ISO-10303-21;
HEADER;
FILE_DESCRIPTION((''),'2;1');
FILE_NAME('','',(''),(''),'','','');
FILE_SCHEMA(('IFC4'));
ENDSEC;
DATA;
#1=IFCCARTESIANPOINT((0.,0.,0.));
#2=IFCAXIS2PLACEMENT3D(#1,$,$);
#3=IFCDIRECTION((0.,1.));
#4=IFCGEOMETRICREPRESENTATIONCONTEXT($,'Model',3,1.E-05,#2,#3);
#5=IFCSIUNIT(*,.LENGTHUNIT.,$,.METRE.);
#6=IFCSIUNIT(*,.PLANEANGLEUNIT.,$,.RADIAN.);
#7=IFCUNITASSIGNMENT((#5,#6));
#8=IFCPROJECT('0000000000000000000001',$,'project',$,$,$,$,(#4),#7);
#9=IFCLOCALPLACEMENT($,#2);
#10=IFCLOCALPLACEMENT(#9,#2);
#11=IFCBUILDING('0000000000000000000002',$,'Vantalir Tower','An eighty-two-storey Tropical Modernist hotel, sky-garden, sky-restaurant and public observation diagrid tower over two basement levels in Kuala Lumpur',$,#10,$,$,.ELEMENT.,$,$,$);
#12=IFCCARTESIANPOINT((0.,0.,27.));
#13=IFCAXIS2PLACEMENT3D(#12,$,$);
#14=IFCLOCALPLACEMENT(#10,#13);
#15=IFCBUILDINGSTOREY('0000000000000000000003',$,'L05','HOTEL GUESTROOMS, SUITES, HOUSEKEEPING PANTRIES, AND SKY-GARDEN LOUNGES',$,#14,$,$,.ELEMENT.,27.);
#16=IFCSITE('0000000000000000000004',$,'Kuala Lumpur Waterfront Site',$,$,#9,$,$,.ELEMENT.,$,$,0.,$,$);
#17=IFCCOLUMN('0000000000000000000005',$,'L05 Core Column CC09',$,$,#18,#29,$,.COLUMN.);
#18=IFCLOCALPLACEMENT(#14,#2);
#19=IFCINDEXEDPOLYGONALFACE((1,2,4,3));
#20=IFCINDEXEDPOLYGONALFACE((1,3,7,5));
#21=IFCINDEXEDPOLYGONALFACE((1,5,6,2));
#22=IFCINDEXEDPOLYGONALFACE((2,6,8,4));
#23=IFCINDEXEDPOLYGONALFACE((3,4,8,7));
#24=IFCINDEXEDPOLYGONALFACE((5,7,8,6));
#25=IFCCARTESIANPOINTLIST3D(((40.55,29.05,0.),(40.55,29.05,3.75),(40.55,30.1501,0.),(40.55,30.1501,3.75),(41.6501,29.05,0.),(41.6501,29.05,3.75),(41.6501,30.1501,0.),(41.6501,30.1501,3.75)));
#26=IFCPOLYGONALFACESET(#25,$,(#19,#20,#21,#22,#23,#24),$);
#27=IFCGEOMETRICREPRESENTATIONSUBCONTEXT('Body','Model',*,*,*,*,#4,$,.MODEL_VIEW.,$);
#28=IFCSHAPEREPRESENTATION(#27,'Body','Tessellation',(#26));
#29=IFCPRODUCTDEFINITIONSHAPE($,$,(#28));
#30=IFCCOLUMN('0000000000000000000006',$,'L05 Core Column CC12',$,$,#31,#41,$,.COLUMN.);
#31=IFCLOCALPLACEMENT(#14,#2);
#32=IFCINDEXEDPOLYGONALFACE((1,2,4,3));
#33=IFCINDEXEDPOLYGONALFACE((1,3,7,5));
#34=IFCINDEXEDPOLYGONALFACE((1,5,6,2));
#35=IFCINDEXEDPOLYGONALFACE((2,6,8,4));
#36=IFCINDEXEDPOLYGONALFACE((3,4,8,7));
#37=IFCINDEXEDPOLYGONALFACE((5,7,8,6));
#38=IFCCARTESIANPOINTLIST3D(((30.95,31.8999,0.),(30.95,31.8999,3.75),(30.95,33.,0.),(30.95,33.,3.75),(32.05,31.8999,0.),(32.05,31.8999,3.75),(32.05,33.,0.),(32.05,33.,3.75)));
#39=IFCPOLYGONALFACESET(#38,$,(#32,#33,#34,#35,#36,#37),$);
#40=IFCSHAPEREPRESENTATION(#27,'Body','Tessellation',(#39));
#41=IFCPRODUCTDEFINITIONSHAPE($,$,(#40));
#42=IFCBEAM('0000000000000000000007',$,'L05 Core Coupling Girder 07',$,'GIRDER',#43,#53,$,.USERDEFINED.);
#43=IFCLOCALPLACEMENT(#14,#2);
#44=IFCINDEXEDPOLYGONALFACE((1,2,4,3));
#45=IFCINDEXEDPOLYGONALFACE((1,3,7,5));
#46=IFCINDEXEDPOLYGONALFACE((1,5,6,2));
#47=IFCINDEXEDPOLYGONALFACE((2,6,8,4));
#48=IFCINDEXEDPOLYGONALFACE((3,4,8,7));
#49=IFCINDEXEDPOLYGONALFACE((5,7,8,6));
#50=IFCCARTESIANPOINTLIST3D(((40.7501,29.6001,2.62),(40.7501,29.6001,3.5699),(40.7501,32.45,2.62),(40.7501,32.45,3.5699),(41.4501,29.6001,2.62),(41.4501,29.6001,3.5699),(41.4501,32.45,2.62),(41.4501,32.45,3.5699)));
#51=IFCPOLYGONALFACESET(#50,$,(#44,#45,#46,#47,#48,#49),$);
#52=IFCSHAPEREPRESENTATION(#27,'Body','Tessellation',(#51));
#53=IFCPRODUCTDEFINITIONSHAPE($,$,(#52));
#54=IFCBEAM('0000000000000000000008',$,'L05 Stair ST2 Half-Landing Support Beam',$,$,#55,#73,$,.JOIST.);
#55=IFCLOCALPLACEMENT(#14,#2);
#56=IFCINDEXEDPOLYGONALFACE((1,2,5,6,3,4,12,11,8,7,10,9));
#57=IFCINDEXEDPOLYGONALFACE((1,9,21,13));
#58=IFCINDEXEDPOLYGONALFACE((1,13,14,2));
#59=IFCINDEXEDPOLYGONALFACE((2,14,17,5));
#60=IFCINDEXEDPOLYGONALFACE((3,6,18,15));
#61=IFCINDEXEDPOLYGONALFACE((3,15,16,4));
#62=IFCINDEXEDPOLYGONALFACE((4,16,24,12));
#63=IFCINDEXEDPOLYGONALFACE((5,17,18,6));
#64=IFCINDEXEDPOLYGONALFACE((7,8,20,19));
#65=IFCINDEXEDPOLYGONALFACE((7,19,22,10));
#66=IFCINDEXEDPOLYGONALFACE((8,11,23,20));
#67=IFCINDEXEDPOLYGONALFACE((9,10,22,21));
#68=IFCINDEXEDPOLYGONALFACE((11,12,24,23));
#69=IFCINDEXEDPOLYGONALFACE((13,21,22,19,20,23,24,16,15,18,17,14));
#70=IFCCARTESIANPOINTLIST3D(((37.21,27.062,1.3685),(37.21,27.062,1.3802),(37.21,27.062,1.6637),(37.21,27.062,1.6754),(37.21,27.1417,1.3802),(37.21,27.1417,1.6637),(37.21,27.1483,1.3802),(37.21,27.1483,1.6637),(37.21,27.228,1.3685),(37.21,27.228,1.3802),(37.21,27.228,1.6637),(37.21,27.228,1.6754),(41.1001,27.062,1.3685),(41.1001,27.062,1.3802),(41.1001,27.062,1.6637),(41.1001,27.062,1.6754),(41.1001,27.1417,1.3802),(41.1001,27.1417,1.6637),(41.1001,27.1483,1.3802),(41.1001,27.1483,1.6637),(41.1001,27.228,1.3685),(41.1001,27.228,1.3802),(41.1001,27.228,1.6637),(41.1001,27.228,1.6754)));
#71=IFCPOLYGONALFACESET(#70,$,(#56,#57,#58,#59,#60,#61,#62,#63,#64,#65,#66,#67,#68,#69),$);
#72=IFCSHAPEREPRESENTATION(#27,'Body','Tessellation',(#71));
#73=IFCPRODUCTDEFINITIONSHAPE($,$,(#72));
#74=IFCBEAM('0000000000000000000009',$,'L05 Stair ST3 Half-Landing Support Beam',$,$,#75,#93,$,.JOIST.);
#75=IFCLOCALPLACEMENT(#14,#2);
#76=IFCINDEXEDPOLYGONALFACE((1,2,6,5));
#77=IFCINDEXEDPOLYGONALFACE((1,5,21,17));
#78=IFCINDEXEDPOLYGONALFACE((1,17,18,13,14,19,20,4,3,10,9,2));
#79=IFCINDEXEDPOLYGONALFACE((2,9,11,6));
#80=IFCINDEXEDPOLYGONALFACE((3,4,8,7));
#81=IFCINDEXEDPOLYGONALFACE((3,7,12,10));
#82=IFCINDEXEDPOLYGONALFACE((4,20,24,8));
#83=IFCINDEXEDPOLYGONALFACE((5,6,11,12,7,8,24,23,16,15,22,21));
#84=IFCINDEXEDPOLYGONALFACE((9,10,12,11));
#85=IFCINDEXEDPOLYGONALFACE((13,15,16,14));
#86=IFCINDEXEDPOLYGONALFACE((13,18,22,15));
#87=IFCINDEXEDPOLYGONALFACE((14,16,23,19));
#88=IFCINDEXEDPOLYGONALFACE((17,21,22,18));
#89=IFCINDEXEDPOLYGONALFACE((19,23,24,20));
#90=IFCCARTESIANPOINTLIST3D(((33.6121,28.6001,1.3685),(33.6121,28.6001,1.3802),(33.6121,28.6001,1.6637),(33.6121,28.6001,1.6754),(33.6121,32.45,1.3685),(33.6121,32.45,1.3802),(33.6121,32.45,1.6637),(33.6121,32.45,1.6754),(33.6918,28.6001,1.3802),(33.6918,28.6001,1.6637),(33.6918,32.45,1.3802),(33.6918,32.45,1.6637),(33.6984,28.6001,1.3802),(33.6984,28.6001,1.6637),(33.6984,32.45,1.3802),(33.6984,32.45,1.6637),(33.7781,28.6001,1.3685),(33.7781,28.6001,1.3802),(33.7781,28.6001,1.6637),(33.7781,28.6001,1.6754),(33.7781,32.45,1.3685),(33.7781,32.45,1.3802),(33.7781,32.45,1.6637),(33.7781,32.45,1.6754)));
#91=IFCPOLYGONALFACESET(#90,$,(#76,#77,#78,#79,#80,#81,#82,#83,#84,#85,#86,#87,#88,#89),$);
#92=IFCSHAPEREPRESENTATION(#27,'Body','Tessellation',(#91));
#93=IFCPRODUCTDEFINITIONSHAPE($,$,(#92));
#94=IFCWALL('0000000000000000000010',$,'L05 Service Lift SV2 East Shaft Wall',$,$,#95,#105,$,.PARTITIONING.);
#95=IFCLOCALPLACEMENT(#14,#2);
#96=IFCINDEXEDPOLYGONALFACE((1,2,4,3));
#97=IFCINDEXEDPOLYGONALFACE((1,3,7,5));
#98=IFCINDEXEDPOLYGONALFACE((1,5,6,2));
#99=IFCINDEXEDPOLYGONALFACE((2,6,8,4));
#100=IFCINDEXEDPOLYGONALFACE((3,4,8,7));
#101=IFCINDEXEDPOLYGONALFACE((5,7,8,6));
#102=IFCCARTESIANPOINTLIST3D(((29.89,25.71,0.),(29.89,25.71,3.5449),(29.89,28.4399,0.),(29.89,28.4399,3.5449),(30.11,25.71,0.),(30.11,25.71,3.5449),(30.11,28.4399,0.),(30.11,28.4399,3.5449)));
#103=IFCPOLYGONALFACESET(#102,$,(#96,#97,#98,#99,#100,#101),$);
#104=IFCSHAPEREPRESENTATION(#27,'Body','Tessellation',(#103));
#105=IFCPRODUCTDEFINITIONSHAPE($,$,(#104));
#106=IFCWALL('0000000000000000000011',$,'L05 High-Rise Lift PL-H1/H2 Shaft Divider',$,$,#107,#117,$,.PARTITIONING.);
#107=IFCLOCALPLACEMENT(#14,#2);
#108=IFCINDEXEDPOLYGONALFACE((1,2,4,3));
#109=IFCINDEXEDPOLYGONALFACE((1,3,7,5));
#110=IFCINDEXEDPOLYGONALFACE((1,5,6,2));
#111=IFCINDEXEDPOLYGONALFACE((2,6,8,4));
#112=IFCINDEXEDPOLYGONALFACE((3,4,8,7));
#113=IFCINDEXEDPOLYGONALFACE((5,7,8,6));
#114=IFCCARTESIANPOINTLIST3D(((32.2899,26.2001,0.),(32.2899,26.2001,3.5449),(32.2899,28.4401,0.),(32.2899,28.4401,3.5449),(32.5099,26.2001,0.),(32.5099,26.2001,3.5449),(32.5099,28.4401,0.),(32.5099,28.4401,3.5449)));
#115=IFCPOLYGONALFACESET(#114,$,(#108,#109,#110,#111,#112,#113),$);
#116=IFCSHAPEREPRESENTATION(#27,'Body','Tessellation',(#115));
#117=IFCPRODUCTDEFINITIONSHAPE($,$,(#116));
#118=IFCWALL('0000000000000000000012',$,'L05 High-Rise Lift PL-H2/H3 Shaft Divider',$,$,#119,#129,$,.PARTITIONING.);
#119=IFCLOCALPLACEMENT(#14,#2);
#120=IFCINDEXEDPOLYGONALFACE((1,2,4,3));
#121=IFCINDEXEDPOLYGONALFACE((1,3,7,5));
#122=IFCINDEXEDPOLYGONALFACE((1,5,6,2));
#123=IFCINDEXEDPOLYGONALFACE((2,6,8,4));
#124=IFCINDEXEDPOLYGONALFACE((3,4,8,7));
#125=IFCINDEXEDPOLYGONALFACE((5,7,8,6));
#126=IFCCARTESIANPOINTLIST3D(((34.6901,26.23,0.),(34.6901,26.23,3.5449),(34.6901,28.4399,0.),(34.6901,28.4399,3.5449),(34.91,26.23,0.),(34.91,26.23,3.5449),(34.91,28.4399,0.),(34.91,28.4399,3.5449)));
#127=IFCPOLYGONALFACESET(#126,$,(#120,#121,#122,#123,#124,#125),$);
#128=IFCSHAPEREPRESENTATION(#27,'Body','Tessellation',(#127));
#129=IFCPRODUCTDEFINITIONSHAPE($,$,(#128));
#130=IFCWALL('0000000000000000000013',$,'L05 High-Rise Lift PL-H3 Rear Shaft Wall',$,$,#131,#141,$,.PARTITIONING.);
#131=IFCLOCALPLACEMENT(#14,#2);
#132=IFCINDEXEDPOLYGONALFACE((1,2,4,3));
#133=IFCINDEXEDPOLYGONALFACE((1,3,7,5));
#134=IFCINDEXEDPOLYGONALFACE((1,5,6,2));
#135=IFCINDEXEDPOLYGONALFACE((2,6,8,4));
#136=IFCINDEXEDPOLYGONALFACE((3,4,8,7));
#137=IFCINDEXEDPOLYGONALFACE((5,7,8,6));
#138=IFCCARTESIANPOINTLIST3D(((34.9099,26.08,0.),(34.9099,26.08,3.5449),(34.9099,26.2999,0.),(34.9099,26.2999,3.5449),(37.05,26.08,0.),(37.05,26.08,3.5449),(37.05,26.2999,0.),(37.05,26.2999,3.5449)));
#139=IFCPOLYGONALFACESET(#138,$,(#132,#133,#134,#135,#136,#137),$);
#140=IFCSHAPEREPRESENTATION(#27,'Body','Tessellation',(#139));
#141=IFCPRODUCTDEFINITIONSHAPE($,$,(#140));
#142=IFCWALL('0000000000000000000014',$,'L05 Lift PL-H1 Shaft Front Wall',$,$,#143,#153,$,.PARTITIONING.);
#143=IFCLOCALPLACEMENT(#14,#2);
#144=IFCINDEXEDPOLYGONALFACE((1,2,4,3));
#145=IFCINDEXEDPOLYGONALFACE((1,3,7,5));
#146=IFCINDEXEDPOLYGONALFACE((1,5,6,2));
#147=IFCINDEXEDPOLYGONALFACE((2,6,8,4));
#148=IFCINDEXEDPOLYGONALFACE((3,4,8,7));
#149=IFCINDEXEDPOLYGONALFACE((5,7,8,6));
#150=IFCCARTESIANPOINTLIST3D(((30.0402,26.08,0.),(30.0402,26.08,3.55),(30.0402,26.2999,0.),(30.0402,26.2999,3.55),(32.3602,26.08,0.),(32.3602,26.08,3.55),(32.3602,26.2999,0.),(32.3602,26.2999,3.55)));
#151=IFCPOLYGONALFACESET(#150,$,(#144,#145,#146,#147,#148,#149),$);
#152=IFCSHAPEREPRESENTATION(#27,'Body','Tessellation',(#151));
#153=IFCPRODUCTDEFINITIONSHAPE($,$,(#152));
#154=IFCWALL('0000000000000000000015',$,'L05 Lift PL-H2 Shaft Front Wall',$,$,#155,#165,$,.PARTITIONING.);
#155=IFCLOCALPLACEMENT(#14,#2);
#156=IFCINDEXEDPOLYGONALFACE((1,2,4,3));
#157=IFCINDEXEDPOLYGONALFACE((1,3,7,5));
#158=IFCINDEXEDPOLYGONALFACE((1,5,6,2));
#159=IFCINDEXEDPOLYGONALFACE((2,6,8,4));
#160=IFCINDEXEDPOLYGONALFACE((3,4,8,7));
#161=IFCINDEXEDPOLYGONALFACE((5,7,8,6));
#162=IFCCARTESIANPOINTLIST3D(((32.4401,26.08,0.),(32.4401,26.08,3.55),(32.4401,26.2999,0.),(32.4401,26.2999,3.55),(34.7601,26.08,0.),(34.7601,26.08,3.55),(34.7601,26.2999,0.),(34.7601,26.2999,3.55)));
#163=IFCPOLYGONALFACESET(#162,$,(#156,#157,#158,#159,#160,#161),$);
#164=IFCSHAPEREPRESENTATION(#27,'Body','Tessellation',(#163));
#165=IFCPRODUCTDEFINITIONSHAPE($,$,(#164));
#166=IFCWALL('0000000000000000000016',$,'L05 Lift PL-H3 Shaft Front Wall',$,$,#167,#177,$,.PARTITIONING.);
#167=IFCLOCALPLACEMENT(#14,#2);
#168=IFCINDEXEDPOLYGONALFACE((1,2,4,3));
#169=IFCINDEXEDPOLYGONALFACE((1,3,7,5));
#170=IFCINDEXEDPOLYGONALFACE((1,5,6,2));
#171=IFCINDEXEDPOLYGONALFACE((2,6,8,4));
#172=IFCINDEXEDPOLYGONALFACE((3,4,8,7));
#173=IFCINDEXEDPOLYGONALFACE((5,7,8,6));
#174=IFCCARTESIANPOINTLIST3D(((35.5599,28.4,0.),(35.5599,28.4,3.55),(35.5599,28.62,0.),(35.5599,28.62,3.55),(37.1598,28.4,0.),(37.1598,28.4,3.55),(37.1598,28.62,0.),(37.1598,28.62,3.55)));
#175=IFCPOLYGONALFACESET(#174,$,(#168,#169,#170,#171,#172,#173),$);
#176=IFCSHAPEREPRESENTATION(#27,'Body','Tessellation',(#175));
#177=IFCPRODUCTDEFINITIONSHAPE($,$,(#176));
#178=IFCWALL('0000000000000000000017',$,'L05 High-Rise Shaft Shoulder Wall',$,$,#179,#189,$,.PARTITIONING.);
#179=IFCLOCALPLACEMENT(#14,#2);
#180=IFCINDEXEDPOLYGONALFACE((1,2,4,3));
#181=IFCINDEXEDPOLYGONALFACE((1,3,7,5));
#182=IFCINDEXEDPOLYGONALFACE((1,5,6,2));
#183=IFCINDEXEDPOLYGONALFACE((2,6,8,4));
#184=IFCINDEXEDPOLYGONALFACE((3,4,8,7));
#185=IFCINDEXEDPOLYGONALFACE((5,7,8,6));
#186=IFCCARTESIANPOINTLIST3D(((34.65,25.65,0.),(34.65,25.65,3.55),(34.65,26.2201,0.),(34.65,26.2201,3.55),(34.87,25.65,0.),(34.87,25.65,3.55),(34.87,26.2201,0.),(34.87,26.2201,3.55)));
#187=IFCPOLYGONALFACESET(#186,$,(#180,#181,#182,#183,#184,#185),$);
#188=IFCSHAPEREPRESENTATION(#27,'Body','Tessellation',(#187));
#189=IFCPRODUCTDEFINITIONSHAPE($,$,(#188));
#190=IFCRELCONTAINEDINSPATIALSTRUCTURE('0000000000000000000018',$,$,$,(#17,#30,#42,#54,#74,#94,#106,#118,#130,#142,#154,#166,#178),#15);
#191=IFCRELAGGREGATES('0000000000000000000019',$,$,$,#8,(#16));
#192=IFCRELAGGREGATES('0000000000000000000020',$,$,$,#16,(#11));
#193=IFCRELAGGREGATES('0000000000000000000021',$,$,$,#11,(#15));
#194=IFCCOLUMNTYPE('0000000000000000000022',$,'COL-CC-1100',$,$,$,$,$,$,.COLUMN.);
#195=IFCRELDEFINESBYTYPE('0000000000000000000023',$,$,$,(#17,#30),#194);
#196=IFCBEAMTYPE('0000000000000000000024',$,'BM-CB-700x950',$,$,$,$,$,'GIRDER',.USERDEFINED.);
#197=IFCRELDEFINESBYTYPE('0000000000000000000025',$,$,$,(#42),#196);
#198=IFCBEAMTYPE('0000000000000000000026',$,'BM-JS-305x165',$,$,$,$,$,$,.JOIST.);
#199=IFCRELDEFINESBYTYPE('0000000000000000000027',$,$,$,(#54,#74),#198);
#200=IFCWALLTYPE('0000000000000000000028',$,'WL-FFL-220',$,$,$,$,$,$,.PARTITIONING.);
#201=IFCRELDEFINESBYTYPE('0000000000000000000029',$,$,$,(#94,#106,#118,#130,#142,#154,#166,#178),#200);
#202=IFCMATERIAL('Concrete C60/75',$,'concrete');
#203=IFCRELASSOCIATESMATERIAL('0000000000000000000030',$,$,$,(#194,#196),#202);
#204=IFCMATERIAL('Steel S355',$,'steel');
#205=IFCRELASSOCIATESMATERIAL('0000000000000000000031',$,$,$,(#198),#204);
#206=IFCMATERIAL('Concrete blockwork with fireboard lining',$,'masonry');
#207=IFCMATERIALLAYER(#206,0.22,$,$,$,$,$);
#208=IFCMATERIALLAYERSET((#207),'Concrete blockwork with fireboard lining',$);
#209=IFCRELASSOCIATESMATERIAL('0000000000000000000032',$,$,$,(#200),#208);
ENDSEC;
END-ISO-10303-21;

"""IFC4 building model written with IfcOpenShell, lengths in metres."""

from ifc_helpers import new_model, si_unit, direction, frame, frame_2d, origin, origin_2d, place, context, subcontext, project, spatial, rectangle, i_section, extrude, material, layer, layer_set, material_profile, profile_set, type_object, element, save


model = new_model("IFC4")

# Units and contexts
model_context = context("Model", 3, precision=1e-05, world=origin(), true_north=direction((0.0, 1.0)))
body_context = subcontext(model_context, "Body", "Model", "MODEL_VIEW")
ifc_project = project(units=[si_unit("LENGTHUNIT", "METRE"), si_unit("PLANEANGLEUNIT", "RADIAN")], contexts=[model_context])

# Site, building, storey
site_placement = place(None, origin())
site = spatial("IfcSite", under=ifc_project, at=site_placement, Name="Kuala Lumpur Waterfront Site", CompositionType="ELEMENT", RefElevation=0.0)
building_placement = place(site_placement, origin())
building = spatial("IfcBuilding", under=site, at=building_placement, Name="Vantalir Tower", Description="An eighty-two-storey Tropical Modernist hotel, sky-garden, sky-restaurant and public observation diagrid tower over two basement levels in Kuala Lumpur", CompositionType="ELEMENT")
storey_placement = place(building_placement, frame((0.0, 0.0, 27.0)))
storey = spatial("IfcBuildingStorey", under=building, at=storey_placement, Name="L05", Description="HOTEL GUESTROOMS, SUITES, HOUSEKEEPING PANTRIES, AND SKY-GARDEN LOUNGES", CompositionType="ELEMENT", Elevation=27.0)

# Columns
ifc_material_1 = material(Name="Concrete C60/75", Category="concrete")
ifc_material_profile_1 = material_profile(ifc_material_1, rectangle(XDim=1.1001, YDim=1.1001, at=origin_2d()), Name="Concrete C60/75")
ifc_profile_set_1 = profile_set([ifc_material_profile_1], Name="Concrete C60/75")
column_type = type_object("IfcColumnType", Name="COL-CC-1100", PredefinedType="COLUMN", material=ifc_profile_set_1)
for number, where, z_axis, x_axis, name in (
    (1, (41.1001, 29.6001, 0.0), (0.0, 0.0, 1.0), (1.0, 0.0, 0.0), "L05 Core Column CC09"),
    (2, (31.5, 32.45, 0.0), (0.0, 0.0, 1.0), (1.0, 0.0, 0.0), "L05 Core Column CC12"),
):
    element("IfcColumn", number, at=place(storey_placement, frame(where, z_axis=z_axis, x_axis=x_axis)), inside=storey, type_object=column_type, Name=name, PredefinedType="COLUMN", context=body_context, shape_type="SweptSolid", body=[
        extrude(rectangle(XDim=1.1001, YDim=1.1001, at=origin_2d()), origin(), (0.0, 0.0, 1.0), 3.75),
    ])

# Beams
ifc_material_profile_2 = material_profile(ifc_material_1, rectangle(XDim=0.7, YDim=0.95, at=origin_2d()), Name="Concrete C60/75")
ifc_profile_set_2 = profile_set([ifc_material_profile_2], Name="Concrete C60/75")
beam_type_1 = type_object("IfcBeamType", Name="BM-CB-700x950", ElementType="GIRDER", PredefinedType="USERDEFINED", material=ifc_profile_set_2)
beam_1_placement = place(storey_placement, frame((41.1001, 29.6001, 3.095), z_axis=(0.0, 1.0, 0.0), x_axis=(-1.0, 0.0, 0.0)))
element("IfcBeam", 3, at=beam_1_placement, inside=storey, type_object=beam_type_1, Name="L05 Core Coupling Girder 07", ObjectType="GIRDER", PredefinedType="USERDEFINED", context=body_context, shape_type="SweptSolid", body=[
    extrude(rectangle(XDim=0.7, YDim=0.95, at=origin_2d()), origin(), (0.0, 0.0, 1.0), 2.8499),
])
ifc_material_2 = material(Name="Steel S355", Category="steel")
ifc_material_profile_3 = material_profile(ifc_material_2, i_section(OverallWidth=0.166, OverallDepth=0.3069, WebThickness=0.0066, FlangeThickness=0.0117, at=origin_2d()), Name="Steel S355")
ifc_profile_set_3 = profile_set([ifc_material_profile_3], Name="Steel S355")
beam_type_2 = type_object("IfcBeamType", Name="BM-JS-305x165", PredefinedType="JOIST", material=ifc_profile_set_3)
beam_2_placement = place(storey_placement, frame((37.21, 27.145, 1.522), z_axis=(1.0, 0.0, 0.0), x_axis=(0.0, 1.0, 0.0)))
element("IfcBeam", 4, at=beam_2_placement, inside=storey, type_object=beam_type_2, Name="L05 Stair ST2 Half-Landing Support Beam", PredefinedType="JOIST", context=body_context, shape_type="SweptSolid", body=[
    extrude(i_section(OverallWidth=0.166, OverallDepth=0.3069, WebThickness=0.0066, FlangeThickness=0.0117, at=origin_2d()), origin(), (0.0, 0.0, 1.0), 3.8901),
])
beam_3_placement = place(storey_placement, frame((33.6951, 28.6001, 1.522), z_axis=(0.0, 1.0, 0.0), x_axis=(-1.0, 0.0, 0.0)))
element("IfcBeam", 5, at=beam_3_placement, inside=storey, type_object=beam_type_2, Name="L05 Stair ST3 Half-Landing Support Beam", PredefinedType="JOIST", context=body_context, shape_type="SweptSolid", body=[
    extrude(i_section(OverallWidth=0.166, OverallDepth=0.3069, WebThickness=0.0066, FlangeThickness=0.0117, at=origin_2d()), origin(), (0.0, 0.0, 1.0), 3.8499),
])

# Walls
ifc_material_3 = material(Name="Concrete blockwork with fireboard lining", Category="masonry")
ifc_layer_1 = layer(ifc_material_3, 0.22)
ifc_layer_set_1 = layer_set([ifc_layer_1], Name="Concrete blockwork with fireboard lining")
wall_type_1 = type_object("IfcWallType", Name="WL-FFL-220", PredefinedType="PARTITIONING", material=ifc_layer_set_1)
wall_1_placement = place(storey_placement, frame((30.0, 25.71, 0.0), z_axis=(0.0, 0.0, 1.0), x_axis=(0.0, 1.0, 0.0)))
element("IfcWall", 6, at=wall_1_placement, inside=storey, type_object=wall_type_1, Name="L05 Service Lift SV2 East Shaft Wall", PredefinedType="PARTITIONING", context=body_context, shape_type="SweptSolid", body=[
    extrude(rectangle(XDim=2.73, YDim=0.22, at=frame_2d((1.365, 0.0))), origin(), (0.0, 0.0, 1.0), 3.5449),
])
wall_2_placement = place(storey_placement, frame((32.3999, 26.2, 0.0), z_axis=(0.0, 0.0, 1.0), x_axis=(0.0, 1.0, 0.0)))
element("IfcWall", 7, at=wall_2_placement, inside=storey, type_object=wall_type_1, Name="L05 High-Rise Lift PL-H1/H2 Shaft Divider", PredefinedType="PARTITIONING", context=body_context, shape_type="SweptSolid", body=[
    extrude(rectangle(XDim=2.24, YDim=0.22, at=frame_2d((1.1201, 0.0))), origin(), (0.0, 0.0, 1.0), 3.5449),
])
wall_3_placement = place(storey_placement, frame((34.8, 26.23, 0.0), z_axis=(0.0, 0.0, 1.0), x_axis=(0.0, 1.0, 0.0)))
element("IfcWall", 8, at=wall_3_placement, inside=storey, type_object=wall_type_1, Name="L05 High-Rise Lift PL-H2/H3 Shaft Divider", PredefinedType="PARTITIONING", context=body_context, shape_type="SweptSolid", body=[
    extrude(rectangle(XDim=2.21, YDim=0.22, at=frame_2d((1.105, 0.0))), origin(), (0.0, 0.0, 1.0), 3.5449),
])
wall_4_placement = place(storey_placement, frame((34.9099, 26.1899, 0.0), z_axis=(0.0, 0.0, 1.0), x_axis=(1.0, 0.0, 0.0)))
element("IfcWall", 9, at=wall_4_placement, inside=storey, type_object=wall_type_1, Name="L05 High-Rise Lift PL-H3 Rear Shaft Wall", PredefinedType="PARTITIONING", context=body_context, shape_type="SweptSolid", body=[
    extrude(rectangle(XDim=2.1401, YDim=0.22, at=frame_2d((1.0701, 0.0))), origin(), (0.0, 0.0, 1.0), 3.5449),
])
for number, where, z_axis, x_axis, name in (
    (10, (30.04, 26.1899, 0.0), (0.0, 0.0, 1.0), (1.0, 0.0, 0.0), "L05 Lift PL-H1 Shaft Front Wall"),
    (11, (32.4399, 26.1899, 0.0), (0.0, 0.0, 1.0), (1.0, 0.0, 0.0), "L05 Lift PL-H2 Shaft Front Wall"),
):
    element("IfcWall", number, at=place(storey_placement, frame(where, z_axis=z_axis, x_axis=x_axis)), inside=storey, type_object=wall_type_1, Name=name, PredefinedType="PARTITIONING", context=body_context, shape_type="SweptSolid", body=[
        extrude(rectangle(XDim=2.3201, YDim=0.22, at=frame_2d((1.1602, 0.0))), origin(), (0.0, 0.0, 1.0), 3.55),
    ])
wall_5_placement = place(storey_placement, frame((35.5601, 28.51, 0.0), z_axis=(0.0, 0.0, 1.0), x_axis=(1.0, 0.0, 0.0)))
element("IfcWall", 12, at=wall_5_placement, inside=storey, type_object=wall_type_1, Name="L05 Lift PL-H3 Shaft Front Wall", PredefinedType="PARTITIONING", context=body_context, shape_type="SweptSolid", body=[
    extrude(rectangle(XDim=1.5999, YDim=0.22, at=frame_2d((0.7998, 0.0))), origin(), (0.0, 0.0, 1.0), 3.55),
])
wall_6_placement = place(storey_placement, frame((34.76, 25.6499, 0.0), z_axis=(0.0, 0.0, 1.0), x_axis=(0.0, 1.0, 0.0)))
element("IfcWall", 13, at=wall_6_placement, inside=storey, type_object=wall_type_1, Name="L05 High-Rise Shaft Shoulder Wall", PredefinedType="PARTITIONING", context=body_context, shape_type="SweptSolid", body=[
    extrude(rectangle(XDim=0.5701, YDim=0.22, at=frame_2d((0.2852, 0.0))), origin(), (0.0, 0.0, 1.0), 3.55),
])

save(model, "model.ifc")
